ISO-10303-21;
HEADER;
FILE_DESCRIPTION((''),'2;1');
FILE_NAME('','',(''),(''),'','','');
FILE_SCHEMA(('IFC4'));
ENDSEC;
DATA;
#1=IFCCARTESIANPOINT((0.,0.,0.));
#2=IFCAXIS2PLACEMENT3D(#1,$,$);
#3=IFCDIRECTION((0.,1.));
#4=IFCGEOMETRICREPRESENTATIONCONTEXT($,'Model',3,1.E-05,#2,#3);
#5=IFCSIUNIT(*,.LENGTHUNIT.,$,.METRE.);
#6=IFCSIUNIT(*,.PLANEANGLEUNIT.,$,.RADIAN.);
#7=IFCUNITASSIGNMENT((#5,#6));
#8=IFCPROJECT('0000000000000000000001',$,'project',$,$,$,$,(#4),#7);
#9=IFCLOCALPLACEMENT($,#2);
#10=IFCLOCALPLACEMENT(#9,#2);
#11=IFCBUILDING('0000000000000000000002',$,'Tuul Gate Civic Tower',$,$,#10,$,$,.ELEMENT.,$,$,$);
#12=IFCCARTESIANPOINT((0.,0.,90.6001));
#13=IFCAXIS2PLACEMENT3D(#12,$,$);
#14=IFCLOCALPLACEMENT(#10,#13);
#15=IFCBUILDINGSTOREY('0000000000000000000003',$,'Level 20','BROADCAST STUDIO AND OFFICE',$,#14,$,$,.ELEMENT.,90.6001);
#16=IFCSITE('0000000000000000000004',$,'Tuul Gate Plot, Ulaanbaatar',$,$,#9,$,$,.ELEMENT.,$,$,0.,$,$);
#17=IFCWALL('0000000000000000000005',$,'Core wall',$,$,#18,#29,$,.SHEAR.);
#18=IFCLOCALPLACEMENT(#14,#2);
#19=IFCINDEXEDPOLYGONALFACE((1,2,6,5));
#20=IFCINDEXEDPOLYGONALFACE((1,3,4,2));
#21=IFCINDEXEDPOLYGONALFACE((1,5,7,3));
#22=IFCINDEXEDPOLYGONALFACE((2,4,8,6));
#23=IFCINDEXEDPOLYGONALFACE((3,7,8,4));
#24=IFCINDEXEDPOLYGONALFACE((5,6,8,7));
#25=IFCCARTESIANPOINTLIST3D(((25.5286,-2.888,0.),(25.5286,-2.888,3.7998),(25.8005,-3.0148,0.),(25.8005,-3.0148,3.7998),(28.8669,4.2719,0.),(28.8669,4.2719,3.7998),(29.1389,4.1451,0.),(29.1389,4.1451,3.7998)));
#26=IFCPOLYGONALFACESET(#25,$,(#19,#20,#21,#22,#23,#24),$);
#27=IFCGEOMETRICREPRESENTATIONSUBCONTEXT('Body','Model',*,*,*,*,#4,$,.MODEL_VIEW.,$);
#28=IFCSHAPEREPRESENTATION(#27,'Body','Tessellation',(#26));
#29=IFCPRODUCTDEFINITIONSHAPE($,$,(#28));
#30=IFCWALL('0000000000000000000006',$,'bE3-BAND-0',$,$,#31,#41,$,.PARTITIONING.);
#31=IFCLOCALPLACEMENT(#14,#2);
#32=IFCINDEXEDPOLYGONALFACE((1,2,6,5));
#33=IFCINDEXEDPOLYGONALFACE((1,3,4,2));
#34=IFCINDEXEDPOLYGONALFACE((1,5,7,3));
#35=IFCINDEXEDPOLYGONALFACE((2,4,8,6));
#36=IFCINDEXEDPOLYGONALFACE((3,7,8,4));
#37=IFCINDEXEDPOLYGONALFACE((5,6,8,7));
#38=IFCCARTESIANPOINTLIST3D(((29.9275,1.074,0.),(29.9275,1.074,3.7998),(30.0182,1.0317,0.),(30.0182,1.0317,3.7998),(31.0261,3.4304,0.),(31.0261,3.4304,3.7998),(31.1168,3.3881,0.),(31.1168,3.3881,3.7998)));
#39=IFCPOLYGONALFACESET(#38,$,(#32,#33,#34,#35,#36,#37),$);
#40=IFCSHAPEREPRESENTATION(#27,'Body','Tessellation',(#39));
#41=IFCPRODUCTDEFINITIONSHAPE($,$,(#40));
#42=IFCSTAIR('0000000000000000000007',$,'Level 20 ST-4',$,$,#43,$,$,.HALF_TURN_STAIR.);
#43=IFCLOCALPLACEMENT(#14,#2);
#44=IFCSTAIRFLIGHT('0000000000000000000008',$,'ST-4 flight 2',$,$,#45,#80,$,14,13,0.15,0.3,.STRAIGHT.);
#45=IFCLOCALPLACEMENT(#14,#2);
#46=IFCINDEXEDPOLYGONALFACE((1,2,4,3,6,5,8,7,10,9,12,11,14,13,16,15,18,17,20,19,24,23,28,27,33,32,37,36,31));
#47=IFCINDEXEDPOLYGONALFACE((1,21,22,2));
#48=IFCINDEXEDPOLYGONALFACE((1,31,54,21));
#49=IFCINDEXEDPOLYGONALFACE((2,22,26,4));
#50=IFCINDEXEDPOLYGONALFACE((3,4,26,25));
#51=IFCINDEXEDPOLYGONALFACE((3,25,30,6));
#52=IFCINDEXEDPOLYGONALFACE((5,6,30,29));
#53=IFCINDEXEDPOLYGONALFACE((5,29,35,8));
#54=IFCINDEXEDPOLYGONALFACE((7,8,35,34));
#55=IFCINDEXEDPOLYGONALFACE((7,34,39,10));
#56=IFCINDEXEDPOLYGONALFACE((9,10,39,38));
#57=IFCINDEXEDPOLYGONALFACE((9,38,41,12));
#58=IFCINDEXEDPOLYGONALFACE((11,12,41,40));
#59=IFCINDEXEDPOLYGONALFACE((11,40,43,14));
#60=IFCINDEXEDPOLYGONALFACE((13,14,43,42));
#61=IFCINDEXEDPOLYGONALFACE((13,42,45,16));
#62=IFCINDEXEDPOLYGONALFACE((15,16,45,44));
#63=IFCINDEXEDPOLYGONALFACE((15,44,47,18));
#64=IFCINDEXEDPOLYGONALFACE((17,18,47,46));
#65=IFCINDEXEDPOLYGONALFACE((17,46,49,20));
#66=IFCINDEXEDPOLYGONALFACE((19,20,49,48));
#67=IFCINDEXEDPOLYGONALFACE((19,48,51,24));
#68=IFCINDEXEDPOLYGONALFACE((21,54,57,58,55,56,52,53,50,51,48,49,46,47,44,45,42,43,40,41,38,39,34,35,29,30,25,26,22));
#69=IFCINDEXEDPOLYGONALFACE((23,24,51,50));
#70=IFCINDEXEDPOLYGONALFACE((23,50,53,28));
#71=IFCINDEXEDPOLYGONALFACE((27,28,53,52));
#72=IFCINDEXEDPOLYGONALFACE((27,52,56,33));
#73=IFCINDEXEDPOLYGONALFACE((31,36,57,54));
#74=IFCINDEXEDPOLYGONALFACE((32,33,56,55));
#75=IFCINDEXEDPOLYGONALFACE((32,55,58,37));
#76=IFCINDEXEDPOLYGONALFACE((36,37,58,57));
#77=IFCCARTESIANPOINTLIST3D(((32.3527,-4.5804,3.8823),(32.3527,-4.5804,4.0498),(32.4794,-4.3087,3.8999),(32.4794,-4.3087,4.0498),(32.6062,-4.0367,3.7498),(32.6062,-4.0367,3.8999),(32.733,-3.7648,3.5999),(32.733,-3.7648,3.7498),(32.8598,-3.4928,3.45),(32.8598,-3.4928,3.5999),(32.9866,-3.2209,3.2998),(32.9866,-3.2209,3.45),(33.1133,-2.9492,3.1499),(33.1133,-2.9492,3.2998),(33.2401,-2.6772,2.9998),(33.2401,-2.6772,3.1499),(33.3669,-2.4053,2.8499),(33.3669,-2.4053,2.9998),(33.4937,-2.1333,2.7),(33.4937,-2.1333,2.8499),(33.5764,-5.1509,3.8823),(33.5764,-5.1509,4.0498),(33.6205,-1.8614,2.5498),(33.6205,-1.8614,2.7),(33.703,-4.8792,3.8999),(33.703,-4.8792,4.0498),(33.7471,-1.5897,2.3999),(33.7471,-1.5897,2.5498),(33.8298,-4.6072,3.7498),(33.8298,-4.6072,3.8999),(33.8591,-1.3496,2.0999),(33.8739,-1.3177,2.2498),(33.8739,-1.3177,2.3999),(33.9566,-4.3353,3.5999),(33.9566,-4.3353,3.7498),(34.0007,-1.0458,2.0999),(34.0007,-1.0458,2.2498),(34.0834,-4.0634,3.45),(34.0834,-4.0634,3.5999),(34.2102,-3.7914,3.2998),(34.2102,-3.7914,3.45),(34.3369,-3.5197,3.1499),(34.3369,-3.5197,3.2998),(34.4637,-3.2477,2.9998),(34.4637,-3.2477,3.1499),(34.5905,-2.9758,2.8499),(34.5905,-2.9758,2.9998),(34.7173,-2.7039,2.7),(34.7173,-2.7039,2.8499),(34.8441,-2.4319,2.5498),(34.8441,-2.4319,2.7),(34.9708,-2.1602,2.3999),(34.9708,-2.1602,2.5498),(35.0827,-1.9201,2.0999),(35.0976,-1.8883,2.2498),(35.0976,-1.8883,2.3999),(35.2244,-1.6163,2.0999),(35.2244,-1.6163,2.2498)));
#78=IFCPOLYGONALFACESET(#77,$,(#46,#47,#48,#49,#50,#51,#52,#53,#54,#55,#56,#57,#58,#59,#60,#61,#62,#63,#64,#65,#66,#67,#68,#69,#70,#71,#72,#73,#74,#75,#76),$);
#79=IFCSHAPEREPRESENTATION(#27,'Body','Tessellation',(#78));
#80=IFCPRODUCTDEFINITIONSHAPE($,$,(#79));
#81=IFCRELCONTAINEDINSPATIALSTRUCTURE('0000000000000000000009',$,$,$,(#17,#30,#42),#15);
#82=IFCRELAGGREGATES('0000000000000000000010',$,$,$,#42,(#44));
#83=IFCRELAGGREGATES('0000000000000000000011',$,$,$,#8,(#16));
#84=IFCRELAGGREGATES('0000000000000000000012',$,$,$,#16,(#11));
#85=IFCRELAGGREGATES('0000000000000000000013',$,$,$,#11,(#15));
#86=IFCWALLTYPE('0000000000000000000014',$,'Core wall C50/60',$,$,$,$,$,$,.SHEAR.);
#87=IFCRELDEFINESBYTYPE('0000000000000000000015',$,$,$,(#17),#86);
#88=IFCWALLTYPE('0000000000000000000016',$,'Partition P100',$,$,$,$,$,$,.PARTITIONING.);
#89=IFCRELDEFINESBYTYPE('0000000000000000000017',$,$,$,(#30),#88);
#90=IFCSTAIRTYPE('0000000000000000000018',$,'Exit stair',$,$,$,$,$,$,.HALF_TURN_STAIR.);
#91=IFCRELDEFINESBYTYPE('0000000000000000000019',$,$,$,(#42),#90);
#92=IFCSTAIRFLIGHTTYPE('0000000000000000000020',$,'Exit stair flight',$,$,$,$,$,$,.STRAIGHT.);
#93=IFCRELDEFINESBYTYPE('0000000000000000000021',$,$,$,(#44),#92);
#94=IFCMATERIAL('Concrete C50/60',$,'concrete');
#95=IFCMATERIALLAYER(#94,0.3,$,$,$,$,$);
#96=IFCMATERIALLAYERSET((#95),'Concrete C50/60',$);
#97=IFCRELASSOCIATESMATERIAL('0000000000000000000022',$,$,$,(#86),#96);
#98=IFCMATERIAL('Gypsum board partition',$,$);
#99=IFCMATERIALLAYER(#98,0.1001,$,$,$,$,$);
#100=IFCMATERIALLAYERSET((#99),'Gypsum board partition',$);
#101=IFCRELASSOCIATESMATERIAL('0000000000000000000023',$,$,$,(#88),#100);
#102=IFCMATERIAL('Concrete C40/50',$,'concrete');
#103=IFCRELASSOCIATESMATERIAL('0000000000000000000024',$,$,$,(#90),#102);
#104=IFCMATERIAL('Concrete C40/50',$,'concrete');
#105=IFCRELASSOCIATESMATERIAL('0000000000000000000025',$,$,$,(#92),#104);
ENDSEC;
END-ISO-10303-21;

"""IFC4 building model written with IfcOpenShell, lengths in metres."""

from ifc_helpers import new_model, si_unit, direction, frame, frame_2d, origin, place, context, subcontext, project, spatial, polyline, rectangle, outline, extrude, material, layer, layer_set, type_object, element, aggregate, save


model = new_model("IFC4")

# Units and contexts
model_context = context("Model", 3, precision=1e-05, world=origin(), true_north=direction((0.0, 1.0)))
body_context = subcontext(model_context, "Body", "Model", "MODEL_VIEW")
ifc_project = project(units=[si_unit("LENGTHUNIT", "METRE"), si_unit("PLANEANGLEUNIT", "RADIAN")], contexts=[model_context])

# Site, building, storey
site_placement = place(None, origin())
site = spatial("IfcSite", under=ifc_project, at=site_placement, Name="Tuul Gate Plot, Ulaanbaatar", CompositionType="ELEMENT", RefElevation=0.0)
building_placement = place(site_placement, origin())
building = spatial("IfcBuilding", under=site, at=building_placement, Name="Tuul Gate Civic Tower", CompositionType="ELEMENT")
storey_placement = place(building_placement, frame((0.0, 0.0, 90.6001)))
storey = spatial("IfcBuildingStorey", under=building, at=storey_placement, Name="Level 20", Description="BROADCAST STUDIO AND OFFICE", CompositionType="ELEMENT", Elevation=90.6001)

# Shared definitions
ifc_material_1 = material(Name="Concrete C50/60", Category="concrete")
ifc_layer_1 = layer(ifc_material_1, 0.3)
ifc_layer_set_1 = layer_set([ifc_layer_1], Name="Concrete C50/60")
wall_type_1 = type_object("IfcWallType", Name="Core wall C50/60", PredefinedType="SHEAR", material=ifc_layer_set_1)

# Walls
wall_1_placement = place(storey_placement, frame((25.6646, -2.9514, 0.0), z_axis=(0.0, 0.0, 1.0), x_axis=(0.422583, 0.906324, 0.0)))
element("IfcWall", 1, at=wall_1_placement, inside=storey, type_object=wall_type_1, Name="Core wall", PredefinedType="SHEAR", context=body_context, shape_type="SweptSolid", body=[
    extrude(rectangle(XDim=7.8999, YDim=0.3, at=frame_2d((3.95, 0.0))), origin(), (0.0, 0.0, 1.0), 3.7998),
])
ifc_material_2 = material(Name="Gypsum board partition")
ifc_layer_2 = layer(ifc_material_2, 0.1001)
ifc_layer_set_2 = layer_set([ifc_layer_2], Name="Gypsum board partition")
wall_type_2 = type_object("IfcWallType", Name="Partition P100", PredefinedType="PARTITIONING", material=ifc_layer_set_2)
wall_2_placement = place(storey_placement, frame((29.9729, 1.053, 0.0), z_axis=(0.0, 0.0, 1.0), x_axis=(0.422556, 0.906337, 0.0)))
element("IfcWall", 2, at=wall_2_placement, inside=storey, type_object=wall_type_2, Name="bE3-BAND-0", PredefinedType="PARTITIONING", context=body_context, shape_type="SweptSolid", body=[
    extrude(rectangle(XDim=2.5999, YDim=0.1001, at=frame_2d((1.2998, 0.0))), origin(), (0.0, 0.0, 1.0), 3.7998),
])

# Stair, stair flight
ifc_material_3 = material(Name="Concrete C40/50", Category="concrete")
stair_type = type_object("IfcStairType", Name="Exit stair", PredefinedType="HALF_TURN_STAIR", material=ifc_material_3)
stair_placement = place(storey_placement, origin())
stair = element("IfcStair", 3, at=stair_placement, inside=storey, type_object=stair_type, Name="Level 20 ST-4", PredefinedType="HALF_TURN_STAIR")
ifc_material_4 = material(Name="Concrete C40/50", Category="concrete")
stair_flight_type = type_object("IfcStairFlightType", Name="Exit stair flight", PredefinedType="STRAIGHT", material=ifc_material_4)
stair_flight_placement = place(storey_placement, frame((34.6125, -1.3311, 2.0999), z_axis=(0.0, 0.0, 1.0), x_axis=(-0.422576, -0.906327, 0.0)))
stair_flight = element("IfcStairFlight", 4, at=stair_flight_placement, type_object=stair_flight_type, Name="ST-4 flight 2", NumberOfRisers=14, NumberOfTreads=13, PredefinedType="STRAIGHT", RiserHeight=0.15, TreadLength=0.3, context=body_context, shape_type="SweptSolid", body=[
    extrude(outline(polyline([(0.0, 0.0), (0.0, 0.1499), (0.3, 0.1499), (0.3, 0.3), (0.6001, 0.3), (0.6001, 0.45), (0.8999, 0.45), (0.8999, 0.6001), (1.2, 0.6001), (1.2, 0.75), (1.5, 0.75), (1.5, 0.8999), (1.8, 0.8999), (1.8, 1.05), (2.1001, 1.05), (2.1001, 1.2), (2.3999, 1.2), (2.3999, 1.3501), (2.7, 1.3501), (2.7, 1.5), (3.0, 1.5), (3.0, 1.6499), (3.3, 1.6499), (3.3, 1.8), (3.6001, 1.8), (3.6001, 1.95), (3.8999, 1.95), (3.8999, 2.1001), (3.8999, 1.7825), (0.3352, 0.0), (0.0, 0.0)])), frame((0.0, 0.675, 0.0), z_axis=(0.0, -1.0, 0.0), x_axis=(1.0, 0.0, 0.0)), (0.0, 0.0, 1.0), 1.3501),
])
aggregate(stair, [stair_flight])

save(model, "model.ifc")
